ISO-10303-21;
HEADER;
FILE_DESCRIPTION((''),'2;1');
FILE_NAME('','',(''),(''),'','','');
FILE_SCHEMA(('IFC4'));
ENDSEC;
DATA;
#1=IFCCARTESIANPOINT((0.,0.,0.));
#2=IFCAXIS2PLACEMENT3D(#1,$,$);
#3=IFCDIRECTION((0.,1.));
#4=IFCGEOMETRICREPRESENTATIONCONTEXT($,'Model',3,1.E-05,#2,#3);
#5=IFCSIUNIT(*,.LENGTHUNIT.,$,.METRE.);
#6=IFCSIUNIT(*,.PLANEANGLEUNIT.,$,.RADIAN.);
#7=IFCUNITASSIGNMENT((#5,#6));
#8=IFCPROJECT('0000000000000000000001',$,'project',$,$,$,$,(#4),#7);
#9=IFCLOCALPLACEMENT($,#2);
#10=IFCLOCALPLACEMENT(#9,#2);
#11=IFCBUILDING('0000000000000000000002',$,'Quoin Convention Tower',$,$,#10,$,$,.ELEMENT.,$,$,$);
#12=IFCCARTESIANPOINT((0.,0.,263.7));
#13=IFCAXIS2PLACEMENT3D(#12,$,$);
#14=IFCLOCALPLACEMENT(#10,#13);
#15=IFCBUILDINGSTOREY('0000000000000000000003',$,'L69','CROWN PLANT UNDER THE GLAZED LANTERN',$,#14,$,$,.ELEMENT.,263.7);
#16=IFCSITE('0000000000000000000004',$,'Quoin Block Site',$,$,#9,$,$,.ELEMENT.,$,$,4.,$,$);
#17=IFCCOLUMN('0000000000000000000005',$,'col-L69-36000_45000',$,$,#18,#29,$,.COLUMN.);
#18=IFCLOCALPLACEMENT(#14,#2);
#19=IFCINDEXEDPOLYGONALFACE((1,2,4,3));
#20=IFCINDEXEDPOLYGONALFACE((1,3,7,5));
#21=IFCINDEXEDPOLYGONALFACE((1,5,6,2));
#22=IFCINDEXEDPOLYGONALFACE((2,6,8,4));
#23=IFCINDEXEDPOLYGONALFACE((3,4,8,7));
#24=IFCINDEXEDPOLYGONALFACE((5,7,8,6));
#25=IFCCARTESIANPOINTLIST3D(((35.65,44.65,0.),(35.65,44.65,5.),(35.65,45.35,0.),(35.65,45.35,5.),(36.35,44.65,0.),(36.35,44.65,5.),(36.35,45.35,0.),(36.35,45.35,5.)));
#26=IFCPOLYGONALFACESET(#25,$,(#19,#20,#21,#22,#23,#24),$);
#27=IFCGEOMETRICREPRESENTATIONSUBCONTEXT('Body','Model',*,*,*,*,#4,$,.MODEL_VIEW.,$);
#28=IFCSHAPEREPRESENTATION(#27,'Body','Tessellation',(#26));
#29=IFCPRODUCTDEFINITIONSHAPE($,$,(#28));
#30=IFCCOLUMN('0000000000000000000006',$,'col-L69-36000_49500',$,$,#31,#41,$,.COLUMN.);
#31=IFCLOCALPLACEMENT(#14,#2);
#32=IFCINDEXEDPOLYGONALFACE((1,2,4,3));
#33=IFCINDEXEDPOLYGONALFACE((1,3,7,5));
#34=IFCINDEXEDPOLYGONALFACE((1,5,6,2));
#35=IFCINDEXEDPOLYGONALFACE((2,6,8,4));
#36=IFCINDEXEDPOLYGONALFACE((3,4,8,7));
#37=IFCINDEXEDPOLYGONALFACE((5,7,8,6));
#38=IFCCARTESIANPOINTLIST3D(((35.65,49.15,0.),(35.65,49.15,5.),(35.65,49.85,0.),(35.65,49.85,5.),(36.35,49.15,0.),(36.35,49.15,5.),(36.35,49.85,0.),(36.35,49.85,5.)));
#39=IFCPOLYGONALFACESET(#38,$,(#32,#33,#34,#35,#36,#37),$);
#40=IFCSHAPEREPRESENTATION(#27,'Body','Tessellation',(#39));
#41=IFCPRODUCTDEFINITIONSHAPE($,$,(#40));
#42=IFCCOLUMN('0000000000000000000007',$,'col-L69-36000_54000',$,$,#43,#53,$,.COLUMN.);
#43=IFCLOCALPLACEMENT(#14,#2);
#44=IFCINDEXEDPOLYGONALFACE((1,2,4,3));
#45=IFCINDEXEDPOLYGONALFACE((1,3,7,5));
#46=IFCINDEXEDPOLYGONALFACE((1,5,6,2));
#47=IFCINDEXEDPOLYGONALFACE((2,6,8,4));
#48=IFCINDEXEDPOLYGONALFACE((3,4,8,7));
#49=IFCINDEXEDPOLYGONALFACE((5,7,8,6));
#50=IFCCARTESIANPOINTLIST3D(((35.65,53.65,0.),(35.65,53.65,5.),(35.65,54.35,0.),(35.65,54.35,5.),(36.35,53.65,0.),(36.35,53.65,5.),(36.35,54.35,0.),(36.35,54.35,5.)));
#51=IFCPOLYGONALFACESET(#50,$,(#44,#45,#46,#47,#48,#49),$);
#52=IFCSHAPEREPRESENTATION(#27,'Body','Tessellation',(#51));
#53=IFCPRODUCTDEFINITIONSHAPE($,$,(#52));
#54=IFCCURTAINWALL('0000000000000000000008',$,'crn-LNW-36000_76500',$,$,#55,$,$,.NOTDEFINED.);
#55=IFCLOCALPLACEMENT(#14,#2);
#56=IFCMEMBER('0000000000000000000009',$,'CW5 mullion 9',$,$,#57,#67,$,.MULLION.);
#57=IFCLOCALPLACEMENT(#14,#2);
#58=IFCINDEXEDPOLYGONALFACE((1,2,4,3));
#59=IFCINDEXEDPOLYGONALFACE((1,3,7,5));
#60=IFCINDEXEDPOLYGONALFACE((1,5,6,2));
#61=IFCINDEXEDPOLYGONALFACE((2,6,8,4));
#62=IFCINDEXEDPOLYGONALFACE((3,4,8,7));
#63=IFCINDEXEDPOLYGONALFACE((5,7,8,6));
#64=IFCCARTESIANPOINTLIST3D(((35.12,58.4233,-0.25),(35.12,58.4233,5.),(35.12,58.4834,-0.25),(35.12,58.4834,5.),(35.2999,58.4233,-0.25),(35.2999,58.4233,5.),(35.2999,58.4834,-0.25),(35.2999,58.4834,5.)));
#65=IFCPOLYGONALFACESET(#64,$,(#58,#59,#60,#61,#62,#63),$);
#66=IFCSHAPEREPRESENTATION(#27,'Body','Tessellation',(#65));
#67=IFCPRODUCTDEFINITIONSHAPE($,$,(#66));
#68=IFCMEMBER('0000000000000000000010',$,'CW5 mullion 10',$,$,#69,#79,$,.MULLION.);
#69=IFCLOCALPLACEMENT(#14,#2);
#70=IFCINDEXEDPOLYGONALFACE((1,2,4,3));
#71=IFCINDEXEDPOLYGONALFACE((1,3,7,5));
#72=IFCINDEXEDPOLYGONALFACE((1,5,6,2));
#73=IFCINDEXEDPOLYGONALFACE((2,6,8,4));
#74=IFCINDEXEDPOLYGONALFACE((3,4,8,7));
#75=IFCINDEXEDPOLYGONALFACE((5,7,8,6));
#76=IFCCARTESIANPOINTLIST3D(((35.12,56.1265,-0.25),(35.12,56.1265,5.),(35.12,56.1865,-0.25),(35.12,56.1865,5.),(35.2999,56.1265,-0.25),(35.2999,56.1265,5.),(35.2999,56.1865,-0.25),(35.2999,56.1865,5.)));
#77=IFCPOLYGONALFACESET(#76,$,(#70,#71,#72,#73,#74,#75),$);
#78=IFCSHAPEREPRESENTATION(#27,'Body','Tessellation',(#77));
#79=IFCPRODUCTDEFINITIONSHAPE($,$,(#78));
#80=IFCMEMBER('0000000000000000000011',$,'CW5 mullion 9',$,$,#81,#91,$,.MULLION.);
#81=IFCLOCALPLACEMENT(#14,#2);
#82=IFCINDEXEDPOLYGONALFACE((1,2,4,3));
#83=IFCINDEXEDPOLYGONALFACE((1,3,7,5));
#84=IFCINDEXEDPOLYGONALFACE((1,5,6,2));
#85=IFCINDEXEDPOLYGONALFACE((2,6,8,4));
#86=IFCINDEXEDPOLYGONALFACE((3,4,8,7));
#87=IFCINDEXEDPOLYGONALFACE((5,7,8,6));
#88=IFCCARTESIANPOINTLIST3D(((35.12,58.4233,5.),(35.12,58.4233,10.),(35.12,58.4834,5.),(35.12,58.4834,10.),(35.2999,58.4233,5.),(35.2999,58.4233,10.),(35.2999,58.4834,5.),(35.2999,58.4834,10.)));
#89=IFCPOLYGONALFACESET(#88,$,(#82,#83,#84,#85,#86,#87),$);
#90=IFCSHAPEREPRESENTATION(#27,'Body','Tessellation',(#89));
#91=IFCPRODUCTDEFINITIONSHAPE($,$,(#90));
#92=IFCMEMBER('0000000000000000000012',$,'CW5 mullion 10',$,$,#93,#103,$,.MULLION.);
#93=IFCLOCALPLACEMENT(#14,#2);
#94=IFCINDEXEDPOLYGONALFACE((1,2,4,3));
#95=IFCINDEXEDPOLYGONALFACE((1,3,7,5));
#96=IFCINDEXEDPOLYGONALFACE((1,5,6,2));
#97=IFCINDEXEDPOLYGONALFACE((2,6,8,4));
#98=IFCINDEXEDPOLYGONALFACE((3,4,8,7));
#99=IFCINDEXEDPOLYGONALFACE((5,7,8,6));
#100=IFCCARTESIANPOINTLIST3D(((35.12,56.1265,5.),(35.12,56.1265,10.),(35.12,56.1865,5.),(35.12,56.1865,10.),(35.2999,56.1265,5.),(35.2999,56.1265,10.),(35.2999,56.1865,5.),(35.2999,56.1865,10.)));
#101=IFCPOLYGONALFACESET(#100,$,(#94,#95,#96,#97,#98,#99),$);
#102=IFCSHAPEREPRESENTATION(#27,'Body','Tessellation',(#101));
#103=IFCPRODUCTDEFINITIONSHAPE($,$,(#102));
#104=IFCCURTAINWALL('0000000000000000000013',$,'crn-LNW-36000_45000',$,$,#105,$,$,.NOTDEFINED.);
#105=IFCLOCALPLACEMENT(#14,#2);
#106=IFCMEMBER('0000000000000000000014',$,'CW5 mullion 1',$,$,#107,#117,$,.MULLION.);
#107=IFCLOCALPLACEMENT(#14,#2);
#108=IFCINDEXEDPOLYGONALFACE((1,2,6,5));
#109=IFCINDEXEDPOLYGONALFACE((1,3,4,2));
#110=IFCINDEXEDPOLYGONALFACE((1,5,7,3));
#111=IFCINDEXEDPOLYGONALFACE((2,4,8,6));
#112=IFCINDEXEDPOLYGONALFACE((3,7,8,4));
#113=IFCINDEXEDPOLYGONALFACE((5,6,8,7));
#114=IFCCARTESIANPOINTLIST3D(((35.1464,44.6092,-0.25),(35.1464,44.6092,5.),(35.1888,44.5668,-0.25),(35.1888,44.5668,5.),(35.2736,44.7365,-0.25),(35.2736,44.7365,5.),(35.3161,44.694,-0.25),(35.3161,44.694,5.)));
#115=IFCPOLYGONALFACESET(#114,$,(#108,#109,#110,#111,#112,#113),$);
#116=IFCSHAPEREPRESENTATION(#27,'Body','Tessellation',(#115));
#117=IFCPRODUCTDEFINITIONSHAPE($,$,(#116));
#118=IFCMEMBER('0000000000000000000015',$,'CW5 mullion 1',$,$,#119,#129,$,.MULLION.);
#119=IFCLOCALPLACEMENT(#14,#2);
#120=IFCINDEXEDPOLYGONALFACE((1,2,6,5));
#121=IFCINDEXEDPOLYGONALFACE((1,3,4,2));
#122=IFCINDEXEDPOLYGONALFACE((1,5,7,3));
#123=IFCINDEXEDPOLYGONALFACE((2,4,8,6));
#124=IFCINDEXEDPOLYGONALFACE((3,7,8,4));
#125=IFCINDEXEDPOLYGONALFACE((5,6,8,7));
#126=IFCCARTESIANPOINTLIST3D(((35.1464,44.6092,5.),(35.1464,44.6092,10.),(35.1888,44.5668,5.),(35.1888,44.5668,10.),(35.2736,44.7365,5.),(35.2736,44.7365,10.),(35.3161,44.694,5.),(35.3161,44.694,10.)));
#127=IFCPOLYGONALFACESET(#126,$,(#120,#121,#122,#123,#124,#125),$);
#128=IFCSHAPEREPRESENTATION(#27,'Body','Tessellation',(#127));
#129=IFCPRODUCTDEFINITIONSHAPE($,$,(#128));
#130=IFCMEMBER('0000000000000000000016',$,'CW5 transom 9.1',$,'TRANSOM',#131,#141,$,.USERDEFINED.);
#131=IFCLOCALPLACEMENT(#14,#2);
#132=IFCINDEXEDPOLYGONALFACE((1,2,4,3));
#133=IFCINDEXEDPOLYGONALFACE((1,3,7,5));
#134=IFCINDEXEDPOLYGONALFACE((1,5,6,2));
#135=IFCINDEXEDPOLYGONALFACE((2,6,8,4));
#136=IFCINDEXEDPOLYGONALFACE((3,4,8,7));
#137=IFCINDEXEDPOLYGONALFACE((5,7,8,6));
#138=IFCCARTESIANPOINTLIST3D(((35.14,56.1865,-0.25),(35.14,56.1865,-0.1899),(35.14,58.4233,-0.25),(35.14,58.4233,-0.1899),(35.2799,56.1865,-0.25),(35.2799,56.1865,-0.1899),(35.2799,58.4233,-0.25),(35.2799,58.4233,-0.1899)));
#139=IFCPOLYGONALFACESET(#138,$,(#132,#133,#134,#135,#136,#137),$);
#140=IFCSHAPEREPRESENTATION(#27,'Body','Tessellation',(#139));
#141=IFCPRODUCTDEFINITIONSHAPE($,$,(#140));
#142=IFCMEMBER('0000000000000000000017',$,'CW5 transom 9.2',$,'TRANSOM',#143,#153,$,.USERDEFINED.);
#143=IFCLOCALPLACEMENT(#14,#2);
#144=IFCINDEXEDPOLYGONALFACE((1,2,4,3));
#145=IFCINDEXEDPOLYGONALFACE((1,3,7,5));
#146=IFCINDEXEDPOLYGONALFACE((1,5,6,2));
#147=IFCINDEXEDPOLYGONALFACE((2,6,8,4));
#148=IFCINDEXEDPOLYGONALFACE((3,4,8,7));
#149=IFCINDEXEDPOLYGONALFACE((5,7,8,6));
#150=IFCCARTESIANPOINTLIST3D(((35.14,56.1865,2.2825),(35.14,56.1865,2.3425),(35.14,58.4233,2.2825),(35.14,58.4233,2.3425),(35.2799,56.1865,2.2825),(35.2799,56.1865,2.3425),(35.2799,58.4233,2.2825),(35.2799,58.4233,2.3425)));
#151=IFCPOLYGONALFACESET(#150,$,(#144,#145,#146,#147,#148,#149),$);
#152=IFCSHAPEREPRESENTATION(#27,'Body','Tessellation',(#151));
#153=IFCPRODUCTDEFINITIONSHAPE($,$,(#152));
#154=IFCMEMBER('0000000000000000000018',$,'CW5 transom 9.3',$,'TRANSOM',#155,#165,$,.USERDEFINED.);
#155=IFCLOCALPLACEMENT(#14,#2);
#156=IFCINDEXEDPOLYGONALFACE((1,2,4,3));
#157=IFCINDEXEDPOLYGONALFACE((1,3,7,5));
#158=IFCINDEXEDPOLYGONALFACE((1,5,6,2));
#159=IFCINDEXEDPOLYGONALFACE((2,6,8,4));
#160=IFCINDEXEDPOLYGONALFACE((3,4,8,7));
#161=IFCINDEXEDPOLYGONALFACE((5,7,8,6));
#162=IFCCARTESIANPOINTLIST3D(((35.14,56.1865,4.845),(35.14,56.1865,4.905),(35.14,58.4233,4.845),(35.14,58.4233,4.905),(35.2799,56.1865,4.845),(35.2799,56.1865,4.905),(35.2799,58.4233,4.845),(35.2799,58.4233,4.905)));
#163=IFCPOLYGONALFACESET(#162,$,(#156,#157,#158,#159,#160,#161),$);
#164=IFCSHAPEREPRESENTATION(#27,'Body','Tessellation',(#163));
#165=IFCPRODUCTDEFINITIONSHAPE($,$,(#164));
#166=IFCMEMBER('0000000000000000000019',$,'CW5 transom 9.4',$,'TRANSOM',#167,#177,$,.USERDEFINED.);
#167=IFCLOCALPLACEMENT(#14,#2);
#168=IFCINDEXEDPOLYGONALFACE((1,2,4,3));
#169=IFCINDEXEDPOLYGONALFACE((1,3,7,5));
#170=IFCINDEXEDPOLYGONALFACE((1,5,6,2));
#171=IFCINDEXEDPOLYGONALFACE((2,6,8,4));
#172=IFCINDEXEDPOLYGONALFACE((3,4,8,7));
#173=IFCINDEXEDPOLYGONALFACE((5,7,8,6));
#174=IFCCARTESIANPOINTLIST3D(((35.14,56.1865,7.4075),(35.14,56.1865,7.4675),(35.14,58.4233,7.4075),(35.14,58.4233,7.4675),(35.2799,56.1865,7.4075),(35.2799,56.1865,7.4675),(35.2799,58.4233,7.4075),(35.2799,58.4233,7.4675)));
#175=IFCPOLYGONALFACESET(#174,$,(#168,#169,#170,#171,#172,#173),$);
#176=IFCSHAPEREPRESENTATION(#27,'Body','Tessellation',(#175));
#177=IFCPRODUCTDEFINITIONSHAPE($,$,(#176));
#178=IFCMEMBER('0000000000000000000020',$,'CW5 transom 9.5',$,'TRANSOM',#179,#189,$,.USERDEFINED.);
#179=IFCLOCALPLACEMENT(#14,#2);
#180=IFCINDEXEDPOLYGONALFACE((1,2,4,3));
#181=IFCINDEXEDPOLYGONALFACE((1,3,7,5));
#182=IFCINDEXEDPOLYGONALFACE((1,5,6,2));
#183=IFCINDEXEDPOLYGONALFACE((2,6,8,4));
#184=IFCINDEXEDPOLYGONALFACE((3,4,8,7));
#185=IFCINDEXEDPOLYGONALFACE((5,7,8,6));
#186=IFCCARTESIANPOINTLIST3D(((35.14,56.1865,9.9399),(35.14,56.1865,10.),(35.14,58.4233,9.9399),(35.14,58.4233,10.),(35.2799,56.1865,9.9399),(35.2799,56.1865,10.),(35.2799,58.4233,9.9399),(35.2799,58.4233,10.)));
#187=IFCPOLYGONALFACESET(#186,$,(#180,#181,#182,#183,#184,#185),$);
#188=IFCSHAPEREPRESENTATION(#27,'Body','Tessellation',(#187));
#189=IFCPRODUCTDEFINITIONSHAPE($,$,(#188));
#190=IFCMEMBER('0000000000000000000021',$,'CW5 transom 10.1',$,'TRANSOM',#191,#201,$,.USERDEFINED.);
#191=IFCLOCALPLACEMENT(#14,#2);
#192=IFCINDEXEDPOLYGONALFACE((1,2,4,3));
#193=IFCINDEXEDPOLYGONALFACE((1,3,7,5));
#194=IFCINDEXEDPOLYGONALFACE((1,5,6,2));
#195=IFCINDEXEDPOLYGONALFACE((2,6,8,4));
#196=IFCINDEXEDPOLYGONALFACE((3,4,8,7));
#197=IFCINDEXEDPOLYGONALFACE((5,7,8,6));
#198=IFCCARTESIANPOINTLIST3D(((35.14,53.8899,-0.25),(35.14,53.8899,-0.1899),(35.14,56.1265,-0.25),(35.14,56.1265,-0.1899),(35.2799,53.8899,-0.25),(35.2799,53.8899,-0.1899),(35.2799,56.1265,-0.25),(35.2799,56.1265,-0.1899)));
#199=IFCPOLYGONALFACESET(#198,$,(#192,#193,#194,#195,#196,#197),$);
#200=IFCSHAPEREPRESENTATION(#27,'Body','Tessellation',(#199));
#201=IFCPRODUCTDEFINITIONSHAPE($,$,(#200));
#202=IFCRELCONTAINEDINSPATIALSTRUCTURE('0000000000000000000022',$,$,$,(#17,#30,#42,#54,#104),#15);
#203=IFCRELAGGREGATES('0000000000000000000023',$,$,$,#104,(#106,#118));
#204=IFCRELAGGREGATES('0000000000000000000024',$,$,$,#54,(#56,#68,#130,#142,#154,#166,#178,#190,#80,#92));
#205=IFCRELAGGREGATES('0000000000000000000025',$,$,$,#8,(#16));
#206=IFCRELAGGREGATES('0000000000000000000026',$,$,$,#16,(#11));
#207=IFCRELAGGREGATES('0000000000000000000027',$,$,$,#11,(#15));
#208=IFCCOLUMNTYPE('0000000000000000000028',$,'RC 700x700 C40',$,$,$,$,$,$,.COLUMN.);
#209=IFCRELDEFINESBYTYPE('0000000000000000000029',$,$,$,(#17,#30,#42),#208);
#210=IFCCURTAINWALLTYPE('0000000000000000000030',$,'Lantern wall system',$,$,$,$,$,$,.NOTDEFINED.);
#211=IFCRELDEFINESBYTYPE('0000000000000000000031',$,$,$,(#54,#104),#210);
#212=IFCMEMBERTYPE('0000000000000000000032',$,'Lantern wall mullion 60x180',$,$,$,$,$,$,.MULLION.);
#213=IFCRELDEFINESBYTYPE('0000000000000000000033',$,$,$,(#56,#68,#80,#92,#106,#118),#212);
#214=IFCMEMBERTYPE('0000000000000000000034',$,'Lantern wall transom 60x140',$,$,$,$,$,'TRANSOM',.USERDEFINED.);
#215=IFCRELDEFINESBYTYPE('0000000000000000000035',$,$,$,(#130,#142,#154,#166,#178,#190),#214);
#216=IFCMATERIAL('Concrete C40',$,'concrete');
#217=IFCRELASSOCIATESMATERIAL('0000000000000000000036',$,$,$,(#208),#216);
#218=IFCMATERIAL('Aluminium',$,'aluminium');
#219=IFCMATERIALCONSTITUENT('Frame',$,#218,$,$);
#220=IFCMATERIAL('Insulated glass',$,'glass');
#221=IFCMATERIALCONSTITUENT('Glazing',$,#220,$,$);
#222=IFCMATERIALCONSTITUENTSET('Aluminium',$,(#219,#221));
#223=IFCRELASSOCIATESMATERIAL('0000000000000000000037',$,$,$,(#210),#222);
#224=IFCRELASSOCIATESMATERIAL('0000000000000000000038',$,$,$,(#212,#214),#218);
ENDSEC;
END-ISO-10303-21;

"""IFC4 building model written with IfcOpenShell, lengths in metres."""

from ifc_helpers import new_model, si_unit, direction, frame, origin, origin_2d, place, context, subcontext, project, spatial, rectangle, extrude, material, constituent, constituent_set, material_profile, profile_set, type_object, element, aggregate, save


model = new_model("IFC4")

# Units and contexts
model_context = context("Model", 3, precision=1e-05, world=origin(), true_north=direction((0.0, 1.0)))
body_context = subcontext(model_context, "Body", "Model", "MODEL_VIEW")
ifc_project = project(units=[si_unit("LENGTHUNIT", "METRE"), si_unit("PLANEANGLEUNIT", "RADIAN")], contexts=[model_context])

# Site, building, storey
site_placement = place(None, origin())
site = spatial("IfcSite", under=ifc_project, at=site_placement, Name="Quoin Block Site", CompositionType="ELEMENT", RefElevation=4.0)
building_placement = place(site_placement, origin())
building = spatial("IfcBuilding", under=site, at=building_placement, Name="Quoin Convention Tower", CompositionType="ELEMENT")
storey_placement = place(building_placement, frame((0.0, 0.0, 263.7)))
storey = spatial("IfcBuildingStorey", under=building, at=storey_placement, Name="L69", Description="CROWN PLANT UNDER THE GLAZED LANTERN", CompositionType="ELEMENT", Elevation=263.7)

# Columns
ifc_material_1 = material(Name="Concrete C40", Category="concrete")
ifc_material_profile_1 = material_profile(ifc_material_1, rectangle(XDim=0.7, YDim=0.7, at=origin_2d()), Name="RC 700x700")
ifc_profile_set_1 = profile_set([ifc_material_profile_1], Name="Concrete C40")
column_type = type_object("IfcColumnType", Name="RC 700x700 C40", PredefinedType="COLUMN", material=ifc_profile_set_1)
for number, where, z_axis, x_axis, name in (
    (1, (36.0, 45.0, 0.0), (0.0, 0.0, 1.0), (1.0, 0.0, 0.0), "col-L69-36000_45000"),
    (2, (36.0, 49.5, 0.0), (0.0, 0.0, 1.0), (1.0, 0.0, 0.0), "col-L69-36000_49500"),
    (3, (36.0, 54.0, 0.0), (0.0, 0.0, 1.0), (1.0, 0.0, 0.0), "col-L69-36000_54000"),
):
    element("IfcColumn", number, at=place(storey_placement, frame(where, z_axis=z_axis, x_axis=x_axis)), inside=storey, type_object=column_type, Name=name, PredefinedType="COLUMN", context=body_context, shape_type="SweptSolid", body=[
        extrude(rectangle(XDim=0.7, YDim=0.7, at=origin_2d()), origin(), (0.0, 0.0, 1.0), 5.0),
    ])

# Curtain walls, members
ifc_material_2 = material(Name="Aluminium", Category="aluminium")
ifc_constituent_1 = constituent(ifc_material_2, Name="Frame")
ifc_material_3 = material(Name="Insulated glass", Category="glass")
ifc_constituent_2 = constituent(ifc_material_3, Name="Glazing")
ifc_constituent_set = constituent_set(constituents=[ifc_constituent_1, ifc_constituent_2], Name="Aluminium")
curtain_wall_type = type_object("IfcCurtainWallType", Name="Lantern wall system", PredefinedType="NOTDEFINED", material=ifc_constituent_set)
curtain_wall_1_placement = place(storey_placement, origin())
curtain_wall_1 = element("IfcCurtainWall", 4, at=curtain_wall_1_placement, inside=storey, type_object=curtain_wall_type, Name="crn-LNW-36000_76500", PredefinedType="NOTDEFINED")
ifc_material_profile_2 = material_profile(ifc_material_2, rectangle(XDim=0.1799, YDim=0.0601, at=origin_2d()), Name="Lantern wall mullion 60x180")
ifc_profile_set_2 = profile_set([ifc_material_profile_2], Name="Aluminium")
member_type_1 = type_object("IfcMemberType", Name="Lantern wall mullion 60x180", PredefinedType="MULLION", material=ifc_profile_set_2)
member_1_placement = place(storey_placement, frame((35.21, 58.4534, -0.25), z_axis=(0.0, 0.0, 1.0), x_axis=(1.0, 0.0, 0.0)))
member_1 = element("IfcMember", 5, at=member_1_placement, type_object=member_type_1, Name="CW5 mullion 9", PredefinedType="MULLION", context=body_context, shape_type="SweptSolid", body=[
    extrude(rectangle(XDim=0.1799, YDim=0.0601, at=origin_2d()), origin(), (0.0, 0.0, 1.0), 5.25),
])
member_2_placement = place(storey_placement, frame((35.21, 56.1565, -0.25), z_axis=(0.0, 0.0, 1.0), x_axis=(1.0, 0.0, 0.0)))
member_2 = element("IfcMember", 6, at=member_2_placement, type_object=member_type_1, Name="CW5 mullion 10", PredefinedType="MULLION", context=body_context, shape_type="SweptSolid", body=[
    extrude(rectangle(XDim=0.1799, YDim=0.0601, at=origin_2d()), origin(), (0.0, 0.0, 1.0), 5.25),
])
member_3_placement = place(storey_placement, frame((35.21, 58.4534, 5.0), z_axis=(0.0, 0.0, 1.0), x_axis=(1.0, 0.0, 0.0)))
member_3 = element("IfcMember", 7, at=member_3_placement, type_object=member_type_1, Name="CW5 mullion 9", PredefinedType="MULLION", context=body_context, shape_type="SweptSolid", body=[
    extrude(rectangle(XDim=0.1799, YDim=0.0601, at=origin_2d()), origin(), (0.0, 0.0, 1.0), 5.0),
])
member_4_placement = place(storey_placement, frame((35.21, 56.1565, 5.0), z_axis=(0.0, 0.0, 1.0), x_axis=(1.0, 0.0, 0.0)))
member_4 = element("IfcMember", 8, at=member_4_placement, type_object=member_type_1, Name="CW5 mullion 10", PredefinedType="MULLION", context=body_context, shape_type="SweptSolid", body=[
    extrude(rectangle(XDim=0.1799, YDim=0.0601, at=origin_2d()), origin(), (0.0, 0.0, 1.0), 5.0),
])
curtain_wall_2_placement = place(storey_placement, origin())
curtain_wall_2 = element("IfcCurtainWall", 9, at=curtain_wall_2_placement, inside=storey, type_object=curtain_wall_type, Name="crn-LNW-36000_45000", PredefinedType="NOTDEFINED")
member_5_placement = place(storey_placement, frame((35.2312, 44.6516, -0.25), z_axis=(0.0, 0.0, 1.0), x_axis=(0.707107, 0.707107, 0.0)))
member_5 = element("IfcMember", 10, at=member_5_placement, type_object=member_type_1, Name="CW5 mullion 1", PredefinedType="MULLION", context=body_context, shape_type="SweptSolid", body=[
    extrude(rectangle(XDim=0.1799, YDim=0.0601, at=origin_2d()), origin(), (0.0, 0.0, 1.0), 5.25),
])
member_6_placement = place(storey_placement, frame((35.2312, 44.6516, 5.0), z_axis=(0.0, 0.0, 1.0), x_axis=(0.707107, 0.707107, 0.0)))
member_6 = element("IfcMember", 11, at=member_6_placement, type_object=member_type_1, Name="CW5 mullion 1", PredefinedType="MULLION", context=body_context, shape_type="SweptSolid", body=[
    extrude(rectangle(XDim=0.1799, YDim=0.0601, at=origin_2d()), origin(), (0.0, 0.0, 1.0), 5.0),
])

# Members
ifc_material_profile_3 = material_profile(ifc_material_2, rectangle(XDim=0.1399, YDim=0.0601, at=origin_2d()), Name="Lantern wall transom 60x140")
ifc_profile_set_3 = profile_set([ifc_material_profile_3], Name="Aluminium")
member_type_2 = type_object("IfcMemberType", Name="Lantern wall transom 60x140", ElementType="TRANSOM", PredefinedType="USERDEFINED", material=ifc_profile_set_3)
member_7_placement = place(storey_placement, frame((35.21, 58.4233, -0.22), z_axis=(0.0, -1.0, 0.0), x_axis=(1.0, 0.0, 0.0)))
member_7 = element("IfcMember", 12, at=member_7_placement, type_object=member_type_2, Name="CW5 transom 9.1", ObjectType="TRANSOM", PredefinedType="USERDEFINED", context=body_context, shape_type="SweptSolid", body=[
    extrude(rectangle(XDim=0.1399, YDim=0.0601, at=origin_2d()), origin(), (0.0, 0.0, 1.0), 2.2368),
])
member_8_placement = place(storey_placement, frame((35.21, 58.4233, 2.3125), z_axis=(0.0, -1.0, 0.0), x_axis=(1.0, 0.0, 0.0)))
member_8 = element("IfcMember", 13, at=member_8_placement, type_object=member_type_2, Name="CW5 transom 9.2", ObjectType="TRANSOM", PredefinedType="USERDEFINED", context=body_context, shape_type="SweptSolid", body=[
    extrude(rectangle(XDim=0.1399, YDim=0.0601, at=origin_2d()), origin(), (0.0, 0.0, 1.0), 2.2368),
])
member_9_placement = place(storey_placement, frame((35.21, 58.4233, 4.875), z_axis=(0.0, -1.0, 0.0), x_axis=(1.0, 0.0, 0.0)))
member_9 = element("IfcMember", 14, at=member_9_placement, type_object=member_type_2, Name="CW5 transom 9.3", ObjectType="TRANSOM", PredefinedType="USERDEFINED", context=body_context, shape_type="SweptSolid", body=[
    extrude(rectangle(XDim=0.1399, YDim=0.0601, at=origin_2d()), origin(), (0.0, 0.0, 1.0), 2.2368),
])
member_10_placement = place(storey_placement, frame((35.21, 58.4233, 7.4375), z_axis=(0.0, -1.0, 0.0), x_axis=(1.0, 0.0, 0.0)))
member_10 = element("IfcMember", 15, at=member_10_placement, type_object=member_type_2, Name="CW5 transom 9.4", ObjectType="TRANSOM", PredefinedType="USERDEFINED", context=body_context, shape_type="SweptSolid", body=[
    extrude(rectangle(XDim=0.1399, YDim=0.0601, at=origin_2d()), origin(), (0.0, 0.0, 1.0), 2.2368),
])
member_11_placement = place(storey_placement, frame((35.21, 58.4233, 9.97), z_axis=(0.0, -1.0, 0.0), x_axis=(1.0, 0.0, 0.0)))
member_11 = element("IfcMember", 16, at=member_11_placement, type_object=member_type_2, Name="CW5 transom 9.5", ObjectType="TRANSOM", PredefinedType="USERDEFINED", context=body_context, shape_type="SweptSolid", body=[
    extrude(rectangle(XDim=0.1399, YDim=0.0601, at=origin_2d()), origin(), (0.0, 0.0, 1.0), 2.2368),
])
member_12_placement = place(storey_placement, frame((35.21, 56.1265, -0.22), z_axis=(0.0, -1.0, 0.0), x_axis=(1.0, 0.0, 0.0)))
member_12 = element("IfcMember", 17, at=member_12_placement, type_object=member_type_2, Name="CW5 transom 10.1", ObjectType="TRANSOM", PredefinedType="USERDEFINED", context=body_context, shape_type="SweptSolid", body=[
    extrude(rectangle(XDim=0.1399, YDim=0.0601, at=origin_2d()), origin(), (0.0, 0.0, 1.0), 2.2366),
])
aggregate(curtain_wall_2, [member_5, member_6])

aggregate(curtain_wall_1, [member_1, member_2, member_7, member_8, member_9, member_10, member_11, member_12, member_3, member_4])

save(model, "model.ifc")
